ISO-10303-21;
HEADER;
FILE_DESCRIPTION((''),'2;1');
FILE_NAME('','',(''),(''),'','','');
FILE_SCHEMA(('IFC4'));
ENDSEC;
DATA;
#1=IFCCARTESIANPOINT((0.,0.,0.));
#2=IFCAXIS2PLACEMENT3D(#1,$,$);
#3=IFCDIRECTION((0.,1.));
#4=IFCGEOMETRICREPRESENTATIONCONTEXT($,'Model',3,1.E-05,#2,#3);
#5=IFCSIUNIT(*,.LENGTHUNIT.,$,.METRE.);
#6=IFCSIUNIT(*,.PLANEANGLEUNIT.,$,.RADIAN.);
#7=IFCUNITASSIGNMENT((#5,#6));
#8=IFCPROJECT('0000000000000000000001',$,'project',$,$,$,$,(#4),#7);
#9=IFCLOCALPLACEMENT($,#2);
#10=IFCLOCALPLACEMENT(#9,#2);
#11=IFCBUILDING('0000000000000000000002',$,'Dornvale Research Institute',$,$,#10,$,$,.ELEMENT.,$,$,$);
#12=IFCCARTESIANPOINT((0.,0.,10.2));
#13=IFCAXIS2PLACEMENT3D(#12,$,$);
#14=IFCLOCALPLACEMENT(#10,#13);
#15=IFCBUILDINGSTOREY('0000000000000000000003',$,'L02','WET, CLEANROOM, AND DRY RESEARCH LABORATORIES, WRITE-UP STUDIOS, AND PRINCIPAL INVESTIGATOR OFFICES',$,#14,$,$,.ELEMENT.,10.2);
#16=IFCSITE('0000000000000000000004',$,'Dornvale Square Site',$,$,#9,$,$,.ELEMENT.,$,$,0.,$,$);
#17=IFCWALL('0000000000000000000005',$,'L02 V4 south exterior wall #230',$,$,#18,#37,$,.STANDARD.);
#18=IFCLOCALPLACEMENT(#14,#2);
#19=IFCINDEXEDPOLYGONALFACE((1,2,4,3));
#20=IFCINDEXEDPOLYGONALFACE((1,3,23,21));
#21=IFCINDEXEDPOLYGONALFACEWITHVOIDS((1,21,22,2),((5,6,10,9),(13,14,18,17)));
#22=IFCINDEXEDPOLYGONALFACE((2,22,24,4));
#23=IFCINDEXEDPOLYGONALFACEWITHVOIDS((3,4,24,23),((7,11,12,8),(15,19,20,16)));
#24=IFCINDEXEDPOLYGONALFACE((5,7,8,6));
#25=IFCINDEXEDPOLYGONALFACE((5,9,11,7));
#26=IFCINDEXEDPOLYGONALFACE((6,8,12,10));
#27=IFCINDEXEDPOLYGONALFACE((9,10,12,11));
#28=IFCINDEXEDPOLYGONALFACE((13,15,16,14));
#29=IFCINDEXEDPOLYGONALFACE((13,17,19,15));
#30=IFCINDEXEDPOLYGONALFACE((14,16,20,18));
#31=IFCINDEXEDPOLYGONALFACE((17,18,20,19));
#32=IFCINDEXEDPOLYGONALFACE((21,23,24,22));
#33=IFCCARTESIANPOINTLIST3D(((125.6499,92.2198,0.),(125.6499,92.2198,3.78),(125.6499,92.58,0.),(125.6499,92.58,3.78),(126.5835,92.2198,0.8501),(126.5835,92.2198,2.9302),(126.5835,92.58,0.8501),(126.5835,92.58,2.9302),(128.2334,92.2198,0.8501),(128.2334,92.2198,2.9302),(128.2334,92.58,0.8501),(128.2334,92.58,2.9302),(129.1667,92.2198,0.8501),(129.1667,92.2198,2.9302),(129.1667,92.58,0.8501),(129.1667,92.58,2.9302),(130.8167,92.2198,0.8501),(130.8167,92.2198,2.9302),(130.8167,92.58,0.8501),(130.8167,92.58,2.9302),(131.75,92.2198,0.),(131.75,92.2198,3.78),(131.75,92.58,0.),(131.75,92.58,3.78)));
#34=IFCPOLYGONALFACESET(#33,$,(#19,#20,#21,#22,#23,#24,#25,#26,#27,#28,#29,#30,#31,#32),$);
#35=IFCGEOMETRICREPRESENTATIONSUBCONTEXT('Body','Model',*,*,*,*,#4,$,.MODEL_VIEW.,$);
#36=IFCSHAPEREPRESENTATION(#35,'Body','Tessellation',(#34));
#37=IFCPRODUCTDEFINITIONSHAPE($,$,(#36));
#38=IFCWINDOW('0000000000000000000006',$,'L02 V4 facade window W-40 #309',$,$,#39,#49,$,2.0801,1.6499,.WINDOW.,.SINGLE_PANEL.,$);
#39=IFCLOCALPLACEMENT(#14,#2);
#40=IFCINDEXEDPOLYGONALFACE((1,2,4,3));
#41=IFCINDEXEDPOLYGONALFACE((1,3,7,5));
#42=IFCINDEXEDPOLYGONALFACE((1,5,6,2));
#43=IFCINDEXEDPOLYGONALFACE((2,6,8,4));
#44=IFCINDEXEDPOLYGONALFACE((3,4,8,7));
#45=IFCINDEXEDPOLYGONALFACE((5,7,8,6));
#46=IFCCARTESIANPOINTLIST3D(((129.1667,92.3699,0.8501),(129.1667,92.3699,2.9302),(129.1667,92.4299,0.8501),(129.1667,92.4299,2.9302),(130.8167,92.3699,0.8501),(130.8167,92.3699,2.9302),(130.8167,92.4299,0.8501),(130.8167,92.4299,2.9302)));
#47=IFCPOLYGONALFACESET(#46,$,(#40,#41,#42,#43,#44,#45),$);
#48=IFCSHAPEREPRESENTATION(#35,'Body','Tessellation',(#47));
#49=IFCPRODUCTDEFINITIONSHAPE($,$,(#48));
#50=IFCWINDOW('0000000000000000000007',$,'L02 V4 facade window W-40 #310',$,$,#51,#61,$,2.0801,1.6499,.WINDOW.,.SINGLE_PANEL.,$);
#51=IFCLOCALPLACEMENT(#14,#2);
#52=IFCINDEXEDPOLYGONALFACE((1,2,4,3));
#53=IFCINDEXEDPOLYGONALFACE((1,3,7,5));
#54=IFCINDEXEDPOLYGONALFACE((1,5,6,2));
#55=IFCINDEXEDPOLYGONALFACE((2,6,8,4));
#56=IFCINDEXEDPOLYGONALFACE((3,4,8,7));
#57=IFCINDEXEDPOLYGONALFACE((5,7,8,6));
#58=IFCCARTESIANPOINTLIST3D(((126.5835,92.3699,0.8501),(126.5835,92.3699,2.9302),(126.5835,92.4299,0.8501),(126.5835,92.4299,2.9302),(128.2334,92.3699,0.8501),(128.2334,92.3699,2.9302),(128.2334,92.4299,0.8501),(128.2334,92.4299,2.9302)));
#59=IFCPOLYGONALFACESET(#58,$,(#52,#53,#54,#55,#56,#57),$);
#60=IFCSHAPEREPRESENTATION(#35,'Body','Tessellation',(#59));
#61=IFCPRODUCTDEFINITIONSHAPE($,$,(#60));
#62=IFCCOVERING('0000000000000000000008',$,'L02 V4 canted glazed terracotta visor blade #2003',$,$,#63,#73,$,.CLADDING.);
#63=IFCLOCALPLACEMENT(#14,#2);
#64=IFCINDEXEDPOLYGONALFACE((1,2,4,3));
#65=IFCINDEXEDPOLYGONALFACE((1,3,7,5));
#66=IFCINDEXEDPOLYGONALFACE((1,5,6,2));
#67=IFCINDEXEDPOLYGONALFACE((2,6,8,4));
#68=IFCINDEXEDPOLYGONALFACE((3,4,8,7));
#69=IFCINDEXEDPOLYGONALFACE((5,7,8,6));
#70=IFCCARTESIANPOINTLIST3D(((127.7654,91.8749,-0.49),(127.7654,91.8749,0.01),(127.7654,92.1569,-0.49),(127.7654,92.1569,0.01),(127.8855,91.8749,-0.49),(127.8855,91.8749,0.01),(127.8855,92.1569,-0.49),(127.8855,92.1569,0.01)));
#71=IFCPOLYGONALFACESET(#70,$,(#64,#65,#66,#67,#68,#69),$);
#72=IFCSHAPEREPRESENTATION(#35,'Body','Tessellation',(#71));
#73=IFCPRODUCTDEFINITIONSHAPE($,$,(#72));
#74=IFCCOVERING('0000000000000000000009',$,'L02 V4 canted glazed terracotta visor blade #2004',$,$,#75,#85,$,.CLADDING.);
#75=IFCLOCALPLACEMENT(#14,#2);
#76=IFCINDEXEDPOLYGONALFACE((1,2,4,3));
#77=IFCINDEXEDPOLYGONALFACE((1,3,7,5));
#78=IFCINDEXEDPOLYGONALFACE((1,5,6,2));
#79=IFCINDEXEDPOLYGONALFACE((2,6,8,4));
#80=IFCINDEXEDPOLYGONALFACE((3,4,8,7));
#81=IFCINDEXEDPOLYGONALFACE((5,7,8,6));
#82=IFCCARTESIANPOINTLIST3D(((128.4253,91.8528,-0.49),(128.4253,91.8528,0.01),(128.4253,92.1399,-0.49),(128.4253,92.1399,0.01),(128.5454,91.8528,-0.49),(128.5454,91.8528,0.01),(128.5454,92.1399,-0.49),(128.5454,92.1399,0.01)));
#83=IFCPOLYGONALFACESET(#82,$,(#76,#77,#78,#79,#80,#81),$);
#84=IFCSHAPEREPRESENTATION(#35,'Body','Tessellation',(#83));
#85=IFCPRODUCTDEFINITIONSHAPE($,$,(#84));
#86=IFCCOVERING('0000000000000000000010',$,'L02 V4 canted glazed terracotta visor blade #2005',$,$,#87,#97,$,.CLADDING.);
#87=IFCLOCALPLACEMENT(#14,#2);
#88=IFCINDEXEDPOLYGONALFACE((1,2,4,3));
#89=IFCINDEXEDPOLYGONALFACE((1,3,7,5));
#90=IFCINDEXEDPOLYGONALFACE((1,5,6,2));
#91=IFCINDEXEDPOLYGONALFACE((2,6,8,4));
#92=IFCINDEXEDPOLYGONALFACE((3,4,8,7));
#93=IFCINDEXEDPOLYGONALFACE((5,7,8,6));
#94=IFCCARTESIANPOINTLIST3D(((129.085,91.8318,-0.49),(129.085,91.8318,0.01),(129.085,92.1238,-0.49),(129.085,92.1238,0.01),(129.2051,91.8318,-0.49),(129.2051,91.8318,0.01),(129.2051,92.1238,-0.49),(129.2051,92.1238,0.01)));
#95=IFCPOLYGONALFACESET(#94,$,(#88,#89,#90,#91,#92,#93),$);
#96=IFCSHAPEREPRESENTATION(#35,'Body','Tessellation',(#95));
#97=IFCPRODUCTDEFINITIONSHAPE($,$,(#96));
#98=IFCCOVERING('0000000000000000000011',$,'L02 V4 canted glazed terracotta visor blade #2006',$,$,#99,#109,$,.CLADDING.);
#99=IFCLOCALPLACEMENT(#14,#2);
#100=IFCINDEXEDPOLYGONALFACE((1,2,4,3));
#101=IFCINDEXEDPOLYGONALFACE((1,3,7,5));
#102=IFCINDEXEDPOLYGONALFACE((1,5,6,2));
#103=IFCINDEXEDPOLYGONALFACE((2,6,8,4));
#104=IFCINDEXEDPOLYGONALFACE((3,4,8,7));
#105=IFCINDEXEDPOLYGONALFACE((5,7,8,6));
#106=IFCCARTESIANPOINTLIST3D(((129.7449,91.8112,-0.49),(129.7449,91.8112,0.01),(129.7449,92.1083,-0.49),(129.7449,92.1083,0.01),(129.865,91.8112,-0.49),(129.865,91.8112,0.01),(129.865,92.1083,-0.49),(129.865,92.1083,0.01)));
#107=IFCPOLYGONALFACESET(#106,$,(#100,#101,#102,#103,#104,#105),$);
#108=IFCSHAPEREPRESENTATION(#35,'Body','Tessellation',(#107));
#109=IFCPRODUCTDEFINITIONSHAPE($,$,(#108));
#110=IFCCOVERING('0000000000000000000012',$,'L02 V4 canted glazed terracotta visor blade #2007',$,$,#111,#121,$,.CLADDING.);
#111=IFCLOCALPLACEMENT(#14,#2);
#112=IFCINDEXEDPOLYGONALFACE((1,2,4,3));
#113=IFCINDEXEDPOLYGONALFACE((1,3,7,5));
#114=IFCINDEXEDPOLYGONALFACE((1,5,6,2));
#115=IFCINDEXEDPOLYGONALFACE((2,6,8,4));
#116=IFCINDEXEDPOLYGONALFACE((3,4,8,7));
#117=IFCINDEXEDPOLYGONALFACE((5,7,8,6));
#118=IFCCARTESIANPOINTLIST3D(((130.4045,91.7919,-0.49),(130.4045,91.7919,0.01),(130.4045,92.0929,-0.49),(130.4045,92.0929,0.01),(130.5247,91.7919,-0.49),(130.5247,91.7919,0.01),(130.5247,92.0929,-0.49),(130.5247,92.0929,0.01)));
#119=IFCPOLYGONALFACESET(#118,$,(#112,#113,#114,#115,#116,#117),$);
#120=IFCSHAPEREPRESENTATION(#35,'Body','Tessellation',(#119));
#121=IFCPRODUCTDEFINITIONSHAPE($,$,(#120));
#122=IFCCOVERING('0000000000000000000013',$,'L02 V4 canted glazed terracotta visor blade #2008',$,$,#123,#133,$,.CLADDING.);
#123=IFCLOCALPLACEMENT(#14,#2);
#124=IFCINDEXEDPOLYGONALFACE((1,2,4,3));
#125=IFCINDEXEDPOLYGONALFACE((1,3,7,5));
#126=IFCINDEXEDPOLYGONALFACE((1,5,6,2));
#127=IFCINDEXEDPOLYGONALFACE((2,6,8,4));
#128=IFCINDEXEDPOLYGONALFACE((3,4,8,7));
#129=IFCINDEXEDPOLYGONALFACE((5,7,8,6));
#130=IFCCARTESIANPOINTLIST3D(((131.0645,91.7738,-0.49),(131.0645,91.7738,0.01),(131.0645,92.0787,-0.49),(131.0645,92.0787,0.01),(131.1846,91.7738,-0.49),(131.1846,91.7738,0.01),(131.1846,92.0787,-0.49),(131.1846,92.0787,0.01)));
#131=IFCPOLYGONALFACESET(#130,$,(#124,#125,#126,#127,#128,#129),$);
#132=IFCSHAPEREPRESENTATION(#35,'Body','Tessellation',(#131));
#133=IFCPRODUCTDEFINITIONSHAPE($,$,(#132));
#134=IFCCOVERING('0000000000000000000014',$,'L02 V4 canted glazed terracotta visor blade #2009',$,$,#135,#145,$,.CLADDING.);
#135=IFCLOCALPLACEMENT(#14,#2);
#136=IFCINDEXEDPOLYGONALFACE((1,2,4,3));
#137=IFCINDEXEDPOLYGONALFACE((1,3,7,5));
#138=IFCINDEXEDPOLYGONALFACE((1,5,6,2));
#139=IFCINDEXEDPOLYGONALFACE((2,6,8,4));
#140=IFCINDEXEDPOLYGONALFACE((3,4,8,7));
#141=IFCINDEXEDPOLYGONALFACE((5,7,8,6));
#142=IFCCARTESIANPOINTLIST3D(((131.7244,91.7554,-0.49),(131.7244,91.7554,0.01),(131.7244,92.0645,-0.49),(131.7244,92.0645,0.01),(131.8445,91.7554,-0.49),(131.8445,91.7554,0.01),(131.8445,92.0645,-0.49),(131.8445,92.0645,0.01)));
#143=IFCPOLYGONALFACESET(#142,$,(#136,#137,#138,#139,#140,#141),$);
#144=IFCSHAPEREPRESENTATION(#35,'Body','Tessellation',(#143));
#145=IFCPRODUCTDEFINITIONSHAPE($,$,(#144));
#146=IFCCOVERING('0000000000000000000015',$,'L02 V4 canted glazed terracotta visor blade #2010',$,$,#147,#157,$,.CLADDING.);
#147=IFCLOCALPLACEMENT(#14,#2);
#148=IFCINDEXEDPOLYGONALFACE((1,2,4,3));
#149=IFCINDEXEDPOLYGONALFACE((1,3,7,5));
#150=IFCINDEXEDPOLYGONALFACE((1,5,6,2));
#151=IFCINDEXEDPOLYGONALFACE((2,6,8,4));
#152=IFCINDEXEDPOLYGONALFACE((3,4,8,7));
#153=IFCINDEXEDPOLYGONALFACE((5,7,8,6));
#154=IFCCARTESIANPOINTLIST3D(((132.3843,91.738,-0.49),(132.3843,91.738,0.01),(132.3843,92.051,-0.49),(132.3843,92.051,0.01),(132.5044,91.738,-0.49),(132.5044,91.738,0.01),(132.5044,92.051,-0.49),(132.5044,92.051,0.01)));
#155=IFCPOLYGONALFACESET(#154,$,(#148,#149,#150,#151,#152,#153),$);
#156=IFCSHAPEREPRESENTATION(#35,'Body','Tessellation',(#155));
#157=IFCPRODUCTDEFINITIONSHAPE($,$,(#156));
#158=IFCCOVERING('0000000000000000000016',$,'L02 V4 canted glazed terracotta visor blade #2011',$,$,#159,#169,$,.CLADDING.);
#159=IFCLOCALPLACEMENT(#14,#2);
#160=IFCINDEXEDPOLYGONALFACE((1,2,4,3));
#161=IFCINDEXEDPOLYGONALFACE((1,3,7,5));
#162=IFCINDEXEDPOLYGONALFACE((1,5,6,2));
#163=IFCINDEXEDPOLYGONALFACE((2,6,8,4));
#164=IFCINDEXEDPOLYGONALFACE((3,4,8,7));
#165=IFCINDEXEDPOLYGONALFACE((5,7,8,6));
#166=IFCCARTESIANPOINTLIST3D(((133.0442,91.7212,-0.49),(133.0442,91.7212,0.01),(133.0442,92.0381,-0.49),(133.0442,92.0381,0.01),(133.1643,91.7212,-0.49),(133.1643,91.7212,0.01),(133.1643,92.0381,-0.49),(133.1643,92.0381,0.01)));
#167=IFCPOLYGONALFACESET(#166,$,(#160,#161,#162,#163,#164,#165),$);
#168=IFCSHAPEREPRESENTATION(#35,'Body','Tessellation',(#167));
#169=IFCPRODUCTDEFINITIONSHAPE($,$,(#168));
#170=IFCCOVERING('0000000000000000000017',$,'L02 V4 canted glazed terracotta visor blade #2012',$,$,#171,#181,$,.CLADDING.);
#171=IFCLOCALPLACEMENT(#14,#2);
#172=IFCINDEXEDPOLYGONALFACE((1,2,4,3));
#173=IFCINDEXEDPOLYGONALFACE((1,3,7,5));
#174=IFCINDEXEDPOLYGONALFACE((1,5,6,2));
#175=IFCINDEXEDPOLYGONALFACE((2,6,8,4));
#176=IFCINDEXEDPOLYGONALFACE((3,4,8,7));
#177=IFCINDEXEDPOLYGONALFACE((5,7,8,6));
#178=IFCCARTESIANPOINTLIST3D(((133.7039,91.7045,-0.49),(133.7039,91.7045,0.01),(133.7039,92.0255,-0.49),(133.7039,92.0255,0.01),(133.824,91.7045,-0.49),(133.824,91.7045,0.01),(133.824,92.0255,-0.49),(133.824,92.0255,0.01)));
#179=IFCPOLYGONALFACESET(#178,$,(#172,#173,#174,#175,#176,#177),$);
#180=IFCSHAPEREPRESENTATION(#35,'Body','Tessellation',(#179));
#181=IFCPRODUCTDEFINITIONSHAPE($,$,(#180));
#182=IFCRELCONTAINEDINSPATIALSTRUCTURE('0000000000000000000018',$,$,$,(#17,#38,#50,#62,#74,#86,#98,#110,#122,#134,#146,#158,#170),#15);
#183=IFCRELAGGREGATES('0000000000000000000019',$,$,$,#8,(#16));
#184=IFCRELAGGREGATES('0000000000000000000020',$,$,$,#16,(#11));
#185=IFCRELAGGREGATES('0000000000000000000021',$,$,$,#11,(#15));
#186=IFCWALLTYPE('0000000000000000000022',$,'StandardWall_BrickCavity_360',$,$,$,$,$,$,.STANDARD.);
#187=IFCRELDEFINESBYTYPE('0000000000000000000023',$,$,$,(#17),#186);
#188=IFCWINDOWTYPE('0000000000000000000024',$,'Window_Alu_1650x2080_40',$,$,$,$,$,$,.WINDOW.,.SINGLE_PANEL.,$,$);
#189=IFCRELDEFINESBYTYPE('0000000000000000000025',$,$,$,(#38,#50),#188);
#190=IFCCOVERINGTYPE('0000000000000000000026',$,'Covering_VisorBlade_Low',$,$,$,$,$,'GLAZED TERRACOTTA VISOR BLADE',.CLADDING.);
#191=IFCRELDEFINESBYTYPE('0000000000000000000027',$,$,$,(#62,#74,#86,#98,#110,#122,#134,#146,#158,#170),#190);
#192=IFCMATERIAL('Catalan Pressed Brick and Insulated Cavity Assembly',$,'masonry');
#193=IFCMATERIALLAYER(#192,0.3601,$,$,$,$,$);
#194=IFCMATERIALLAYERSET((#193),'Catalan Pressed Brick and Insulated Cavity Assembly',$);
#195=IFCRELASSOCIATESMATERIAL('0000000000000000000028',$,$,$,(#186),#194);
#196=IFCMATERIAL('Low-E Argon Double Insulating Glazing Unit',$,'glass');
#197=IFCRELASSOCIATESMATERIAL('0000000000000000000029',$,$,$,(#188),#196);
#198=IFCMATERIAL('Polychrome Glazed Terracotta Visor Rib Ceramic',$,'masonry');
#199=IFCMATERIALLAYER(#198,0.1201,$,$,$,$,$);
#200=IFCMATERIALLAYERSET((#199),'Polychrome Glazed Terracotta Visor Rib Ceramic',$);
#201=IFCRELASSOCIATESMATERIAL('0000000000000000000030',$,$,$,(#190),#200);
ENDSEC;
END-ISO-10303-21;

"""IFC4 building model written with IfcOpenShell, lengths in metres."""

from ifc_helpers import new_model, si_unit, direction, frame, frame_2d, origin, origin_2d, place, context, subcontext, project, spatial, rectangle, extrude, material, layer, layer_set, type_object, element, fill, save


model = new_model("IFC4")

# Units and contexts
model_context = context("Model", 3, precision=1e-05, world=origin(), true_north=direction((0.0, 1.0)))
body_context = subcontext(model_context, "Body", "Model", "MODEL_VIEW")
ifc_project = project(units=[si_unit("LENGTHUNIT", "METRE"), si_unit("PLANEANGLEUNIT", "RADIAN")], contexts=[model_context])

# Site, building, storey
site_placement = place(None, origin())
site = spatial("IfcSite", under=ifc_project, at=site_placement, Name="Dornvale Square Site", CompositionType="ELEMENT", RefElevation=0.0)
building_placement = place(site_placement, origin())
building = spatial("IfcBuilding", under=site, at=building_placement, Name="Dornvale Research Institute", CompositionType="ELEMENT")
storey_placement = place(building_placement, frame((0.0, 0.0, 10.2)))
storey = spatial("IfcBuildingStorey", under=building, at=storey_placement, Name="L02", Description="WET, CLEANROOM, AND DRY RESEARCH LABORATORIES, WRITE-UP STUDIOS, AND PRINCIPAL INVESTIGATOR OFFICES", CompositionType="ELEMENT", Elevation=10.2)

# Wall, openings, windows
ifc_material_1 = material(Name="Catalan Pressed Brick and Insulated Cavity Assembly", Category="masonry")
ifc_layer_1 = layer(ifc_material_1, 0.3601)
ifc_layer_set_1 = layer_set([ifc_layer_1], Name="Catalan Pressed Brick and Insulated Cavity Assembly")
wall_type = type_object("IfcWallType", Name="StandardWall_BrickCavity_360", PredefinedType="STANDARD", material=ifc_layer_set_1)
wall_placement = place(storey_placement, frame((131.75, 92.3999, 0.0), z_axis=(0.0, 0.0, 1.0), x_axis=(-1.0, 0.0, 0.0)))
wall = element("IfcWall", 1, at=wall_placement, inside=storey, type_object=wall_type, Name="L02 V4 south exterior wall #230", PredefinedType="STANDARD", context=body_context, shape_type="SweptSolid", body=[
    extrude(rectangle(XDim=6.1001, YDim=0.3601, at=frame_2d((3.05, 0.0))), origin(), (0.0, 0.0, 1.0), 3.78),
])
opening_1_placement = place(wall_placement, frame((0.9333, 0.0, 0.8501)))
opening_1 = element("IfcOpeningElement", 2, at=opening_1_placement, cuts=wall, PredefinedType="OPENING", context=body_context, shape_type="SweptSolid", body=[
    extrude(rectangle(XDim=1.6499, YDim=2.0801, at=frame_2d((0.825, 1.04))), frame((0.0, 0.1951, 0.0), z_axis=(0.0, -1.0, 0.0), x_axis=(1.0, 0.0, 0.0)), (0.0, 0.0, 1.0), 0.3901),
])
opening_2_placement = place(wall_placement, frame((3.5166, 0.0, 0.8501)))
opening_2 = element("IfcOpeningElement", 3, at=opening_2_placement, cuts=wall, PredefinedType="OPENING", context=body_context, shape_type="SweptSolid", body=[
    extrude(rectangle(XDim=1.6499, YDim=2.0801, at=frame_2d((0.825, 1.04))), frame((0.0, 0.1951, 0.0), z_axis=(0.0, -1.0, 0.0), x_axis=(1.0, 0.0, 0.0)), (0.0, 0.0, 1.0), 0.3901),
])
ifc_material_2 = material(Name="Low-E Argon Double Insulating Glazing Unit", Category="glass")
window_type = type_object("IfcWindowType", Name="Window_Alu_1650x2080_40", PartitioningType="SINGLE_PANEL", PredefinedType="WINDOW", material=ifc_material_2)
window_1_placement = place(opening_1_placement, origin())
window_1 = element("IfcWindow", 4, at=window_1_placement, inside=storey, type_object=window_type, Name="L02 V4 facade window W-40 #309", OverallHeight=2.0801, OverallWidth=1.6499, PartitioningType="SINGLE_PANEL", PredefinedType="WINDOW", context=body_context, shape_type="SweptSolid", body=[
    extrude(rectangle(XDim=1.6499, YDim=2.0801, at=frame_2d((0.825, 1.04))), frame((0.0, 0.03, 0.0), z_axis=(0.0, -1.0, 0.0), x_axis=(1.0, 0.0, 0.0)), (0.0, 0.0, 1.0), 0.0601),
])
fill(opening_1, window_1)
window_2_placement = place(opening_2_placement, origin())
window_2 = element("IfcWindow", 5, at=window_2_placement, inside=storey, type_object=window_type, Name="L02 V4 facade window W-40 #310", OverallHeight=2.0801, OverallWidth=1.6499, PartitioningType="SINGLE_PANEL", PredefinedType="WINDOW", context=body_context, shape_type="SweptSolid", body=[
    extrude(rectangle(XDim=1.6499, YDim=2.0801, at=frame_2d((0.825, 1.04))), frame((0.0, 0.03, 0.0), z_axis=(0.0, -1.0, 0.0), x_axis=(1.0, 0.0, 0.0)), (0.0, 0.0, 1.0), 0.0601),
])
fill(opening_2, window_2)

# Coverings
ifc_material_3 = material(Name="Polychrome Glazed Terracotta Visor Rib Ceramic", Category="masonry")
ifc_layer_2 = layer(ifc_material_3, 0.1201)
ifc_layer_set_2 = layer_set([ifc_layer_2], Name="Polychrome Glazed Terracotta Visor Rib Ceramic")
covering_type = type_object("IfcCoveringType", Name="Covering_VisorBlade_Low", ElementType="GLAZED TERRACOTTA VISOR BLADE", PredefinedType="CLADDING", material=ifc_layer_set_2)
covering_1_placement = place(storey_placement, frame((127.8254, 92.0159, -0.49), z_axis=(0.0, 0.0, 1.0), x_axis=(0.0, 1.0, 0.0)))
element("IfcCovering", 6, at=covering_1_placement, inside=storey, type_object=covering_type, Name="L02 V4 canted glazed terracotta visor blade #2003", PredefinedType="CLADDING", context=body_context, shape_type="SweptSolid", body=[
    extrude(rectangle(XDim=0.282, YDim=0.1201, at=origin_2d()), origin(), (0.0, 0.0, 1.0), 0.5),
])
covering_2_placement = place(storey_placement, frame((128.4854, 91.9963, -0.49), z_axis=(0.0, 0.0, 1.0), x_axis=(0.0, 1.0, 0.0)))
element("IfcCovering", 7, at=covering_2_placement, inside=storey, type_object=covering_type, Name="L02 V4 canted glazed terracotta visor blade #2004", PredefinedType="CLADDING", context=body_context, shape_type="SweptSolid", body=[
    extrude(rectangle(XDim=0.2871, YDim=0.1201, at=origin_2d()), origin(), (0.0, 0.0, 1.0), 0.5),
])
covering_3_placement = place(storey_placement, frame((129.145, 91.9778, -0.49), z_axis=(0.0, 0.0, 1.0), x_axis=(0.0, 1.0, 0.0)))
element("IfcCovering", 8, at=covering_3_placement, inside=storey, type_object=covering_type, Name="L02 V4 canted glazed terracotta visor blade #2005", PredefinedType="CLADDING", context=body_context, shape_type="SweptSolid", body=[
    extrude(rectangle(XDim=0.292, YDim=0.1201, at=origin_2d()), origin(), (0.0, 0.0, 1.0), 0.5),
])
covering_4_placement = place(storey_placement, frame((129.8049, 91.9597, -0.49), z_axis=(0.0, 0.0, 1.0), x_axis=(0.0, 1.0, 0.0)))
element("IfcCovering", 9, at=covering_4_placement, inside=storey, type_object=covering_type, Name="L02 V4 canted glazed terracotta visor blade #2006", PredefinedType="CLADDING", context=body_context, shape_type="SweptSolid", body=[
    extrude(rectangle(XDim=0.2971, YDim=0.1201, at=origin_2d()), origin(), (0.0, 0.0, 1.0), 0.5),
])
covering_5_placement = place(storey_placement, frame((130.4646, 91.9424, -0.49), z_axis=(0.0, 0.0, 1.0), x_axis=(0.0, 1.0, 0.0)))
element("IfcCovering", 10, at=covering_5_placement, inside=storey, type_object=covering_type, Name="L02 V4 canted glazed terracotta visor blade #2007", PredefinedType="CLADDING", context=body_context, shape_type="SweptSolid", body=[
    extrude(rectangle(XDim=0.301, YDim=0.1201, at=origin_2d()), origin(), (0.0, 0.0, 1.0), 0.5),
])
covering_6_placement = place(storey_placement, frame((131.1245, 91.9263, -0.49), z_axis=(0.0, 0.0, 1.0), x_axis=(0.0, 1.0, 0.0)))
element("IfcCovering", 11, at=covering_6_placement, inside=storey, type_object=covering_type, Name="L02 V4 canted glazed terracotta visor blade #2008", PredefinedType="CLADDING", context=body_context, shape_type="SweptSolid", body=[
    extrude(rectangle(XDim=0.3049, YDim=0.1201, at=origin_2d()), origin(), (0.0, 0.0, 1.0), 0.5),
])
covering_7_placement = place(storey_placement, frame((131.7844, 91.9099, -0.49), z_axis=(0.0, 0.0, 1.0), x_axis=(0.0, 1.0, 0.0)))
element("IfcCovering", 12, at=covering_7_placement, inside=storey, type_object=covering_type, Name="L02 V4 canted glazed terracotta visor blade #2009", PredefinedType="CLADDING", context=body_context, shape_type="SweptSolid", body=[
    extrude(rectangle(XDim=0.3091, YDim=0.1201, at=origin_2d()), origin(), (0.0, 0.0, 1.0), 0.5),
])
covering_8_placement = place(storey_placement, frame((132.4443, 91.8945, -0.49), z_axis=(0.0, 0.0, 1.0), x_axis=(0.0, 1.0, 0.0)))
element("IfcCovering", 13, at=covering_8_placement, inside=storey, type_object=covering_type, Name="L02 V4 canted glazed terracotta visor blade #2010", PredefinedType="CLADDING", context=body_context, shape_type="SweptSolid", body=[
    extrude(rectangle(XDim=0.313, YDim=0.1201, at=origin_2d()), origin(), (0.0, 0.0, 1.0), 0.5),
])
covering_9_placement = place(storey_placement, frame((133.1042, 91.8796, -0.49), z_axis=(0.0, 0.0, 1.0), x_axis=(0.0, 1.0, 0.0)))
element("IfcCovering", 14, at=covering_9_placement, inside=storey, type_object=covering_type, Name="L02 V4 canted glazed terracotta visor blade #2011", PredefinedType="CLADDING", context=body_context, shape_type="SweptSolid", body=[
    extrude(rectangle(XDim=0.3169, YDim=0.1201, at=origin_2d()), origin(), (0.0, 0.0, 1.0), 0.5),
])
covering_10_placement = place(storey_placement, frame((133.7639, 91.865, -0.49), z_axis=(0.0, 0.0, 1.0), x_axis=(0.0, 1.0, 0.0)))
element("IfcCovering", 15, at=covering_10_placement, inside=storey, type_object=covering_type, Name="L02 V4 canted glazed terracotta visor blade #2012", PredefinedType="CLADDING", context=body_context, shape_type="SweptSolid", body=[
    extrude(rectangle(XDim=0.321, YDim=0.1201, at=origin_2d()), origin(), (0.0, 0.0, 1.0), 0.5),
])

save(model, "model.ifc")
